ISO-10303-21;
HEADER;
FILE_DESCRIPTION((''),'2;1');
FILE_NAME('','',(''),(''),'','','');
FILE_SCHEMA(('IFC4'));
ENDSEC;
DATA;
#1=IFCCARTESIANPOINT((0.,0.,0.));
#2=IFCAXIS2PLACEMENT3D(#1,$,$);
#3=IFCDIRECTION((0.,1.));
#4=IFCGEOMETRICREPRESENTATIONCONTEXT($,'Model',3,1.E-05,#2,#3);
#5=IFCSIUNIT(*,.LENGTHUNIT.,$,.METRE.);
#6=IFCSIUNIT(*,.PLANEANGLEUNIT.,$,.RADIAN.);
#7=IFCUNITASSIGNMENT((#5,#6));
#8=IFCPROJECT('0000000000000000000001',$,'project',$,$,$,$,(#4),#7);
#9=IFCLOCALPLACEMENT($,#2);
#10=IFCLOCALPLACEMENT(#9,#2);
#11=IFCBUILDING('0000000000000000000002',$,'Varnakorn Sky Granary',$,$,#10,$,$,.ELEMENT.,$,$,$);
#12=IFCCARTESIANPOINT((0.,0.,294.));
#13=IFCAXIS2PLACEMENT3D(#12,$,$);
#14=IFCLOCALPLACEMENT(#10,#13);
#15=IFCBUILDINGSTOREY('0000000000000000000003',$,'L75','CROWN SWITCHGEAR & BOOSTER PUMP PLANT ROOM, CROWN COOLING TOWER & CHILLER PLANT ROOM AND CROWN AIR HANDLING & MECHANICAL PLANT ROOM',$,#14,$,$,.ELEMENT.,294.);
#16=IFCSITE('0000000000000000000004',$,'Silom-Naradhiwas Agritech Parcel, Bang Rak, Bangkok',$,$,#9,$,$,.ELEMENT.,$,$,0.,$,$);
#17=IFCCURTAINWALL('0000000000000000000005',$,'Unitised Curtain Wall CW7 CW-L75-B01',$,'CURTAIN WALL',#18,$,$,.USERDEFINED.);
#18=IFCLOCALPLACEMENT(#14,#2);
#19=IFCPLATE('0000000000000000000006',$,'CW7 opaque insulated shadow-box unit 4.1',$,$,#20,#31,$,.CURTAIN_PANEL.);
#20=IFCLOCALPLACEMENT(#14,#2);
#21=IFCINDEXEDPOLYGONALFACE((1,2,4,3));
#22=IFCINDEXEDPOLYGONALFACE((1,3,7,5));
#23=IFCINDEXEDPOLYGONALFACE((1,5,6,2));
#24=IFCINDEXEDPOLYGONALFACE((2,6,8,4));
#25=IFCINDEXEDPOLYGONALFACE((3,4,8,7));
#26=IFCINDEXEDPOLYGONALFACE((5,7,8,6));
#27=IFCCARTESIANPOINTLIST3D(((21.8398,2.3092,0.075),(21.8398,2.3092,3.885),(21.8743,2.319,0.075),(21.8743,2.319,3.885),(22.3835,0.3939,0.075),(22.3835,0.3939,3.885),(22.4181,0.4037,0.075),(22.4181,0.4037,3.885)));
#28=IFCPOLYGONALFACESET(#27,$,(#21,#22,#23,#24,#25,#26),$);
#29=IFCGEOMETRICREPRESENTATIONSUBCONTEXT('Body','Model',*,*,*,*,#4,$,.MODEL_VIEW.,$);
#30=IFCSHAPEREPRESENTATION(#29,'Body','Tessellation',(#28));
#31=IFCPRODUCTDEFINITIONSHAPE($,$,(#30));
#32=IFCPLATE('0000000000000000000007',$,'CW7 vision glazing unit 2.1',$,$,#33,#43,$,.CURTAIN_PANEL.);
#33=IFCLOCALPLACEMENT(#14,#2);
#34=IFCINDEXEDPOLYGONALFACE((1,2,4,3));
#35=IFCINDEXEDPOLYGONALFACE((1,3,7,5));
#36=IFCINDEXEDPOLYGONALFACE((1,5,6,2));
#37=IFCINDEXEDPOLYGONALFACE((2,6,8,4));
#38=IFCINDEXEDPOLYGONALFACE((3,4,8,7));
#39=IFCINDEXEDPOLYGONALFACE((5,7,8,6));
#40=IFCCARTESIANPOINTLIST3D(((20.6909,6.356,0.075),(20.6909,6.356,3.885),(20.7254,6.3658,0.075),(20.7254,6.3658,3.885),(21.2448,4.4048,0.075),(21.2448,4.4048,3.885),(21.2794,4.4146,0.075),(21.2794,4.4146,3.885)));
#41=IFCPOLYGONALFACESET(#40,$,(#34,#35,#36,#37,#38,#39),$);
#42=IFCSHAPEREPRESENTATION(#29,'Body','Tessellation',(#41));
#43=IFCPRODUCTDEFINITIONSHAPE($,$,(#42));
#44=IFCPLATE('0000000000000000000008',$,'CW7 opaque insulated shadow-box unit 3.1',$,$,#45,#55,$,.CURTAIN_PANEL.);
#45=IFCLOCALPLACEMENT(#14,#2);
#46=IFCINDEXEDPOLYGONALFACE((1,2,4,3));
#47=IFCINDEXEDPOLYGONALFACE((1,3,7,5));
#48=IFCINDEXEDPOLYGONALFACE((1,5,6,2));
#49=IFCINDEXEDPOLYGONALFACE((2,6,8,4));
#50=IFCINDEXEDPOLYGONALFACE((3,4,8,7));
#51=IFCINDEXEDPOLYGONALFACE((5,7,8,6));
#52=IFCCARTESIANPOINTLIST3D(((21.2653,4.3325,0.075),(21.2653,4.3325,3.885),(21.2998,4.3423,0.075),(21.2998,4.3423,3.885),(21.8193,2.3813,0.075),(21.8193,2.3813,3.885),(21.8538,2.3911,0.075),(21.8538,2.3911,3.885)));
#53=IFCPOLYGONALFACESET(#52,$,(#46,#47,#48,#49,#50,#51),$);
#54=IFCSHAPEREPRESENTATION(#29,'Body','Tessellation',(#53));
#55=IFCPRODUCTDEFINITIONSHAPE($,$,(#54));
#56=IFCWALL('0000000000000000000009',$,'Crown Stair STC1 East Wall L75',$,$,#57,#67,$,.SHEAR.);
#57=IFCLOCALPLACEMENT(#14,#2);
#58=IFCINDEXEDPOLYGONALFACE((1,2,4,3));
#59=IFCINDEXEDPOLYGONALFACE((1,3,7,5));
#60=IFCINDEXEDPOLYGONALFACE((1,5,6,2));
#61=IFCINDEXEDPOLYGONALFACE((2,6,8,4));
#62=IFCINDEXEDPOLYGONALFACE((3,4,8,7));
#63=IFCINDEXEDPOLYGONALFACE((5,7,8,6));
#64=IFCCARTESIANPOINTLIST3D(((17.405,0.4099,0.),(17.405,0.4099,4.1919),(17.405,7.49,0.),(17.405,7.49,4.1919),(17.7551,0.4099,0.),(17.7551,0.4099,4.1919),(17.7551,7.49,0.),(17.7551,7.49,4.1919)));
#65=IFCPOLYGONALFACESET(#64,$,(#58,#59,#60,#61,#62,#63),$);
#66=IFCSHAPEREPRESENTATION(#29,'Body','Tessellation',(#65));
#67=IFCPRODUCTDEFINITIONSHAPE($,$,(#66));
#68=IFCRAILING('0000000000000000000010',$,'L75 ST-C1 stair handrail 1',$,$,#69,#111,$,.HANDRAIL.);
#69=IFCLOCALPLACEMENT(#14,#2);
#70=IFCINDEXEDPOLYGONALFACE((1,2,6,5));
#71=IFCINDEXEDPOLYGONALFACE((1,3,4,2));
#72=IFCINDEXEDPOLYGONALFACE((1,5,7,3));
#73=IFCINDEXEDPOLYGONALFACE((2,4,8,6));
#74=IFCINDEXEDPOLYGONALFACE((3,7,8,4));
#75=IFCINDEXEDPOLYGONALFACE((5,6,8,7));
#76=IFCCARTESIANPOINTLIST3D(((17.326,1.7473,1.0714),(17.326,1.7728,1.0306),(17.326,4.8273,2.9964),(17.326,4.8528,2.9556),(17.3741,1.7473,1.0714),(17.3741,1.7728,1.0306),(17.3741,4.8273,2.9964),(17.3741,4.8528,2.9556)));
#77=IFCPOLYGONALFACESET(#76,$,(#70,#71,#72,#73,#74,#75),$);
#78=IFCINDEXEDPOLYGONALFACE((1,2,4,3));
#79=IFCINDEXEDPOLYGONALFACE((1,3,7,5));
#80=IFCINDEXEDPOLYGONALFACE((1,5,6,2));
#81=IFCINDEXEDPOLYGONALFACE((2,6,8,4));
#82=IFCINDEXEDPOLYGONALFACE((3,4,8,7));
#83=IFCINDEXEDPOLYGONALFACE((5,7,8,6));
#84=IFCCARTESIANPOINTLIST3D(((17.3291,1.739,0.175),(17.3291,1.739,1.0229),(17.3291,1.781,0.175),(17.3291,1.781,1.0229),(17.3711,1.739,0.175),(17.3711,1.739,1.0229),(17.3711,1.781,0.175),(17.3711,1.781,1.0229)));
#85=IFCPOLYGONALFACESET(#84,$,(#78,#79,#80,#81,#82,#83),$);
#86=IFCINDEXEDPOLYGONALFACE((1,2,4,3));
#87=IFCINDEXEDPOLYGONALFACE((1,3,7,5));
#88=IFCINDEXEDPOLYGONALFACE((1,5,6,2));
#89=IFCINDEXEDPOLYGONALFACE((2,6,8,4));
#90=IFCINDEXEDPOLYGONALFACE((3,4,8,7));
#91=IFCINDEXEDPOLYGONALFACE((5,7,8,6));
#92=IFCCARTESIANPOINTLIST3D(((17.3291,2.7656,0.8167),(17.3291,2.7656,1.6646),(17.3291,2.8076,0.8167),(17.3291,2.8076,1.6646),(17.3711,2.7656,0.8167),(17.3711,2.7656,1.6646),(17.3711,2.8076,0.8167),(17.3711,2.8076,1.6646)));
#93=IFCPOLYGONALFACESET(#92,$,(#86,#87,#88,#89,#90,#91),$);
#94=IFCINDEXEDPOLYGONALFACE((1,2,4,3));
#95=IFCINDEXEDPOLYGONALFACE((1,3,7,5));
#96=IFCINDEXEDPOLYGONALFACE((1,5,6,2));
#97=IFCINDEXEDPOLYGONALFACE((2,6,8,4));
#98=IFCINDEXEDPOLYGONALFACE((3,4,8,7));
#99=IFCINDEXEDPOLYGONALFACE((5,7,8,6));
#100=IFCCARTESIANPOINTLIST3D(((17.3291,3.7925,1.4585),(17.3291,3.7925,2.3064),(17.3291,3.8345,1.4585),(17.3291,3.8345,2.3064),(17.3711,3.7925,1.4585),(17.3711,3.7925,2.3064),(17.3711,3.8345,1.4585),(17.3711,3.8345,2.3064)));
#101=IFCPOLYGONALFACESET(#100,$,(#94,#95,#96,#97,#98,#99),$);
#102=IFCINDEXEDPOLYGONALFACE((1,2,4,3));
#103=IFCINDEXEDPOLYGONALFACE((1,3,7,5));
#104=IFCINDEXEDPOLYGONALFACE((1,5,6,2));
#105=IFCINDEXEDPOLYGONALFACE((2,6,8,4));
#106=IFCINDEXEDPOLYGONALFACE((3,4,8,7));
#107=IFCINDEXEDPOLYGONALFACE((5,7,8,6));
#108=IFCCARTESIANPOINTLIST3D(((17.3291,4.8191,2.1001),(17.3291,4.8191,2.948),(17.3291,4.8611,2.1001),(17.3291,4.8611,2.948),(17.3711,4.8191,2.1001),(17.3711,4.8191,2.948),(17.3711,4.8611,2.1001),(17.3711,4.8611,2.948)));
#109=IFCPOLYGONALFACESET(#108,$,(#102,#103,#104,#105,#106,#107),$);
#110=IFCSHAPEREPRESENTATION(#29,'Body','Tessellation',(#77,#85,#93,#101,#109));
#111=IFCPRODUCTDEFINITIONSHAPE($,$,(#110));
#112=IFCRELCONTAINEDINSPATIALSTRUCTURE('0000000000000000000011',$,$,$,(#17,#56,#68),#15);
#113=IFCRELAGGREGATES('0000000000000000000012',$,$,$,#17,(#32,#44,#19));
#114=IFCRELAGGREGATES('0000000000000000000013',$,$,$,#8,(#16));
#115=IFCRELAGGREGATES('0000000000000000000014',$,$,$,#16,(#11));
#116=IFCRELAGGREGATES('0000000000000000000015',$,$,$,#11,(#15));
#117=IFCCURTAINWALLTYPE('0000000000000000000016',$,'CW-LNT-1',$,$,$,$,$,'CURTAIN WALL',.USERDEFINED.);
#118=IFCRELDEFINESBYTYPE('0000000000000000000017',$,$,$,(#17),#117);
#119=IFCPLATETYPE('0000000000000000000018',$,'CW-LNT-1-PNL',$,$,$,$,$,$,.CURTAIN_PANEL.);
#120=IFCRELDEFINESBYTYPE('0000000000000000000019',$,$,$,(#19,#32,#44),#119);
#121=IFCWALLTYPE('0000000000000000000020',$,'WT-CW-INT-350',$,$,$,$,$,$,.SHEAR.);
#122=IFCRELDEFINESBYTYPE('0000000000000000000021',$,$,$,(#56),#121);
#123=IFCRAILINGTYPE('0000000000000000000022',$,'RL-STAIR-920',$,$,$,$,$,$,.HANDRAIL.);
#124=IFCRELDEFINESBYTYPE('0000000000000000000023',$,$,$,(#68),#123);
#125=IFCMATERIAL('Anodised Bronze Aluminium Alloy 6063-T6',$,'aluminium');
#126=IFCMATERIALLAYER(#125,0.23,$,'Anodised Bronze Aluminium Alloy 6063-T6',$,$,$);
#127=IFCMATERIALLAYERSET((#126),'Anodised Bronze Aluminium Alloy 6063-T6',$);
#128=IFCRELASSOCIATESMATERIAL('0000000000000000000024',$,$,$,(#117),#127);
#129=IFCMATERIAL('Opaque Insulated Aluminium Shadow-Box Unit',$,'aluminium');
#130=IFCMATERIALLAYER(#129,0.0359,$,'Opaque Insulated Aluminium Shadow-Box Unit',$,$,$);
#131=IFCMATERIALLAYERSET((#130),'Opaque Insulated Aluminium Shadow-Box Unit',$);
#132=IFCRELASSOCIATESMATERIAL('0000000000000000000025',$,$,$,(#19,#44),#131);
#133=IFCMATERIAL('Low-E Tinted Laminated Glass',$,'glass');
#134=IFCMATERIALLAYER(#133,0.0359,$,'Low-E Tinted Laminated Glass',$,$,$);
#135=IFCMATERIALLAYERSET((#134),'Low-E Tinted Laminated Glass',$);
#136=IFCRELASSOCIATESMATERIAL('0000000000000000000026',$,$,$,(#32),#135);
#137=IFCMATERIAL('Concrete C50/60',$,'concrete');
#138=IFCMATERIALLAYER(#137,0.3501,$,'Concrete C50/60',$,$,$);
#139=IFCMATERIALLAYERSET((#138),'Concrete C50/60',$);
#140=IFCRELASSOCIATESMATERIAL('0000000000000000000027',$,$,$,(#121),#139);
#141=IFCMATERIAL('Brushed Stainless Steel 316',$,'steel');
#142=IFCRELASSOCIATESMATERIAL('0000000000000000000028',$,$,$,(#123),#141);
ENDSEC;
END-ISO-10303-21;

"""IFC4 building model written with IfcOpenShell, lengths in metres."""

from ifc_helpers import new_model, si_unit, direction, frame, frame_2d, origin, origin_2d, place, context, subcontext, project, spatial, rectangle, extrude, source, transform, mapped, material, layer, layer_set, type_object, type_shapes, element, aggregate, save


model = new_model("IFC4")

# Units and contexts
model_context = context("Model", 3, precision=1e-05, world=origin(), true_north=direction((0.0, 1.0)))
body_context = subcontext(model_context, "Body", "Model", "MODEL_VIEW")
ifc_project = project(units=[si_unit("LENGTHUNIT", "METRE"), si_unit("PLANEANGLEUNIT", "RADIAN")], contexts=[model_context])

# Site, building, storey
site_placement = place(None, origin())
site = spatial("IfcSite", under=ifc_project, at=site_placement, Name="Silom-Naradhiwas Agritech Parcel, Bang Rak, Bangkok", CompositionType="ELEMENT", RefElevation=0.0)
building_placement = place(site_placement, origin())
building = spatial("IfcBuilding", under=site, at=building_placement, Name="Varnakorn Sky Granary", CompositionType="ELEMENT")
storey_placement = place(building_placement, frame((0.0, 0.0, 294.0)))
storey = spatial("IfcBuildingStorey", under=building, at=storey_placement, Name="L75", Description="CROWN SWITCHGEAR & BOOSTER PUMP PLANT ROOM, CROWN COOLING TOWER & CHILLER PLANT ROOM AND CROWN AIR HANDLING & MECHANICAL PLANT ROOM", CompositionType="ELEMENT", Elevation=294.0)

# Curtain wall
ifc_material_1 = material(Name="Anodised Bronze Aluminium Alloy 6063-T6", Category="aluminium")
ifc_layer_1 = layer(ifc_material_1, 0.23, Name="Anodised Bronze Aluminium Alloy 6063-T6")
ifc_layer_set_1 = layer_set([ifc_layer_1], Name="Anodised Bronze Aluminium Alloy 6063-T6")
curtain_wall_type = type_object("IfcCurtainWallType", Name="CW-LNT-1", ElementType="CURTAIN WALL", PredefinedType="USERDEFINED", material=ifc_layer_set_1)
curtain_wall_1_placement = place(storey_placement, origin())
curtain_wall_1 = element("IfcCurtainWall", 1, at=curtain_wall_1_placement, inside=storey, type_object=curtain_wall_type, Name="Unitised Curtain Wall CW7 CW-L75-B01", ObjectType="CURTAIN WALL", PredefinedType="USERDEFINED")

# Plates
ifc_material_2 = material(Name="Low-E Tinted Laminated Glass", Category="glass")
ifc_layer_2 = layer(ifc_material_2, 0.0359, Name="Low-E Tinted Laminated Glass")
ifc_layer_set_2 = layer_set([ifc_layer_2], Name="Low-E Tinted Laminated Glass")
plate_type = type_object("IfcPlateType", Name="CW-LNT-1-PNL", PredefinedType="CURTAIN_PANEL")
shared_shape_1 = source(origin(), body_context, "Body", "SweptSolid", [
    extrude(rectangle(XDim=1.991, YDim=0.0359, at=origin_2d()), origin(), (0.0, 0.0, 1.0), 3.8101),
])
ifc_material_3 = material(Name="Opaque Insulated Aluminium Shadow-Box Unit", Category="aluminium")
ifc_layer_3 = layer(ifc_material_3, 0.0359, Name="Opaque Insulated Aluminium Shadow-Box Unit")
ifc_layer_set_3 = layer_set([ifc_layer_3], Name="Opaque Insulated Aluminium Shadow-Box Unit")
plate_1_placement = place(storey_placement, frame((22.1289, 1.3564, 0.075), z_axis=(0.0, 0.0, 1.0), x_axis=(0.273126, -0.961978, 0.0)))
plate_1 = element("IfcPlate", 2, at=plate_1_placement, type_object=plate_type, material=ifc_layer_set_3, Name="CW7 opaque insulated shadow-box unit 4.1", PredefinedType="CURTAIN_PANEL", context=body_context, shape_type="MappedRepresentation", body=[
    mapped(shared_shape_1, transform((0.0, 0.0, 0.0), x_axis=(1.0, 0.0, 0.0), y_axis=(0.0, 1.0, 0.0), z_axis=(0.0, 0.0, 1.0), scale=1.0)),
])
shared_shape_2 = source(origin(), body_context, "Body", "SweptSolid", [
    extrude(rectangle(XDim=2.0283, YDim=0.0359, at=origin_2d()), origin(), (0.0, 0.0, 1.0), 3.8101),
])
type_shapes(plate_type, [shared_shape_1, shared_shape_2])
plate_2_placement = place(storey_placement, frame((20.9851, 5.3853, 0.075), z_axis=(0.0, 0.0, 1.0), x_axis=(0.273126, -0.961978, 0.0)))
plate_2 = element("IfcPlate", 3, at=plate_2_placement, type_object=plate_type, material=ifc_layer_set_2, Name="CW7 vision glazing unit 2.1", PredefinedType="CURTAIN_PANEL", context=body_context, shape_type="MappedRepresentation", body=[
    mapped(shared_shape_2, transform((0.0, 0.0, 0.0), x_axis=(1.0, 0.0, 0.0), y_axis=(0.0, 1.0, 0.0), z_axis=(0.0, 0.0, 1.0), scale=1.0)),
])
plate_3_placement = place(storey_placement, frame((21.5596, 3.3618, 0.075), z_axis=(0.0, 0.0, 1.0), x_axis=(0.273126, -0.961978, 0.0)))
plate_3 = element("IfcPlate", 4, at=plate_3_placement, type_object=plate_type, material=ifc_layer_set_3, Name="CW7 opaque insulated shadow-box unit 3.1", PredefinedType="CURTAIN_PANEL", context=body_context, shape_type="MappedRepresentation", body=[
    mapped(shared_shape_2, transform((0.0, 0.0, 0.0), x_axis=(1.0, 0.0, 0.0), y_axis=(0.0, 1.0, 0.0), z_axis=(0.0, 0.0, 1.0), scale=1.0)),
])
aggregate(curtain_wall_1, [plate_2, plate_3, plate_1])

# Wall
ifc_material_4 = material(Name="Concrete C50/60", Category="concrete")
ifc_layer_4 = layer(ifc_material_4, 0.3501, Name="Concrete C50/60")
ifc_layer_set_4 = layer_set([ifc_layer_4], Name="Concrete C50/60")
wall_type = type_object("IfcWallType", Name="WT-CW-INT-350", PredefinedType="SHEAR", material=ifc_layer_set_4)
wall_placement = place(storey_placement, frame((17.5801, 0.4099, 0.0), z_axis=(0.0, 0.0, 1.0), x_axis=(0.0, 1.0, 0.0)))
element("IfcWall", 5, at=wall_placement, inside=storey, type_object=wall_type, Name="Crown Stair STC1 East Wall L75", PredefinedType="SHEAR", context=body_context, shape_type="SweptSolid", body=[
    extrude(rectangle(XDim=7.0801, YDim=0.3501, at=frame_2d((3.54, 0.0))), origin(), (0.0, 0.0, 1.0), 4.1919),
])

# Railing
ifc_material_5 = material(Name="Brushed Stainless Steel 316", Category="steel")
railing_type = type_object("IfcRailingType", Name="RL-STAIR-920", PredefinedType="HANDRAIL", material=ifc_material_5)
railing_placement = place(storey_placement, frame((17.3501, 1.76, 0.175)))
element("IfcRailing", 6, at=railing_placement, inside=storey, type_object=railing_type, Name="L75 ST-C1 stair handrail 1", PredefinedType="HANDRAIL", context=body_context, shape_type="SweptSolid", body=[
    extrude(rectangle(XDim=0.0481, YDim=0.0481, at=origin_2d()), frame((0.0, 0.0, 0.876), z_axis=(0.0, 0.847998, 0.529999), x_axis=(-1.0, 0.0, 0.0)), (0.0, 0.0, 1.0), 3.6321),
    extrude(rectangle(XDim=0.042, YDim=0.042, at=origin_2d()), origin(), (0.0, 0.0, 1.0), 0.8479),
    extrude(rectangle(XDim=0.042, YDim=0.042, at=origin_2d()), frame((0.0, 1.0266, 0.6416)), (0.0, 0.0, 1.0), 0.8479),
    extrude(rectangle(XDim=0.042, YDim=0.042, at=origin_2d()), frame((0.0, 2.0535, 1.2834)), (0.0, 0.0, 1.0), 0.8479),
    extrude(rectangle(XDim=0.042, YDim=0.042, at=origin_2d()), frame((0.0, 3.0801, 1.925)), (0.0, 0.0, 1.0), 0.8479),
])

save(model, "model.ifc")
